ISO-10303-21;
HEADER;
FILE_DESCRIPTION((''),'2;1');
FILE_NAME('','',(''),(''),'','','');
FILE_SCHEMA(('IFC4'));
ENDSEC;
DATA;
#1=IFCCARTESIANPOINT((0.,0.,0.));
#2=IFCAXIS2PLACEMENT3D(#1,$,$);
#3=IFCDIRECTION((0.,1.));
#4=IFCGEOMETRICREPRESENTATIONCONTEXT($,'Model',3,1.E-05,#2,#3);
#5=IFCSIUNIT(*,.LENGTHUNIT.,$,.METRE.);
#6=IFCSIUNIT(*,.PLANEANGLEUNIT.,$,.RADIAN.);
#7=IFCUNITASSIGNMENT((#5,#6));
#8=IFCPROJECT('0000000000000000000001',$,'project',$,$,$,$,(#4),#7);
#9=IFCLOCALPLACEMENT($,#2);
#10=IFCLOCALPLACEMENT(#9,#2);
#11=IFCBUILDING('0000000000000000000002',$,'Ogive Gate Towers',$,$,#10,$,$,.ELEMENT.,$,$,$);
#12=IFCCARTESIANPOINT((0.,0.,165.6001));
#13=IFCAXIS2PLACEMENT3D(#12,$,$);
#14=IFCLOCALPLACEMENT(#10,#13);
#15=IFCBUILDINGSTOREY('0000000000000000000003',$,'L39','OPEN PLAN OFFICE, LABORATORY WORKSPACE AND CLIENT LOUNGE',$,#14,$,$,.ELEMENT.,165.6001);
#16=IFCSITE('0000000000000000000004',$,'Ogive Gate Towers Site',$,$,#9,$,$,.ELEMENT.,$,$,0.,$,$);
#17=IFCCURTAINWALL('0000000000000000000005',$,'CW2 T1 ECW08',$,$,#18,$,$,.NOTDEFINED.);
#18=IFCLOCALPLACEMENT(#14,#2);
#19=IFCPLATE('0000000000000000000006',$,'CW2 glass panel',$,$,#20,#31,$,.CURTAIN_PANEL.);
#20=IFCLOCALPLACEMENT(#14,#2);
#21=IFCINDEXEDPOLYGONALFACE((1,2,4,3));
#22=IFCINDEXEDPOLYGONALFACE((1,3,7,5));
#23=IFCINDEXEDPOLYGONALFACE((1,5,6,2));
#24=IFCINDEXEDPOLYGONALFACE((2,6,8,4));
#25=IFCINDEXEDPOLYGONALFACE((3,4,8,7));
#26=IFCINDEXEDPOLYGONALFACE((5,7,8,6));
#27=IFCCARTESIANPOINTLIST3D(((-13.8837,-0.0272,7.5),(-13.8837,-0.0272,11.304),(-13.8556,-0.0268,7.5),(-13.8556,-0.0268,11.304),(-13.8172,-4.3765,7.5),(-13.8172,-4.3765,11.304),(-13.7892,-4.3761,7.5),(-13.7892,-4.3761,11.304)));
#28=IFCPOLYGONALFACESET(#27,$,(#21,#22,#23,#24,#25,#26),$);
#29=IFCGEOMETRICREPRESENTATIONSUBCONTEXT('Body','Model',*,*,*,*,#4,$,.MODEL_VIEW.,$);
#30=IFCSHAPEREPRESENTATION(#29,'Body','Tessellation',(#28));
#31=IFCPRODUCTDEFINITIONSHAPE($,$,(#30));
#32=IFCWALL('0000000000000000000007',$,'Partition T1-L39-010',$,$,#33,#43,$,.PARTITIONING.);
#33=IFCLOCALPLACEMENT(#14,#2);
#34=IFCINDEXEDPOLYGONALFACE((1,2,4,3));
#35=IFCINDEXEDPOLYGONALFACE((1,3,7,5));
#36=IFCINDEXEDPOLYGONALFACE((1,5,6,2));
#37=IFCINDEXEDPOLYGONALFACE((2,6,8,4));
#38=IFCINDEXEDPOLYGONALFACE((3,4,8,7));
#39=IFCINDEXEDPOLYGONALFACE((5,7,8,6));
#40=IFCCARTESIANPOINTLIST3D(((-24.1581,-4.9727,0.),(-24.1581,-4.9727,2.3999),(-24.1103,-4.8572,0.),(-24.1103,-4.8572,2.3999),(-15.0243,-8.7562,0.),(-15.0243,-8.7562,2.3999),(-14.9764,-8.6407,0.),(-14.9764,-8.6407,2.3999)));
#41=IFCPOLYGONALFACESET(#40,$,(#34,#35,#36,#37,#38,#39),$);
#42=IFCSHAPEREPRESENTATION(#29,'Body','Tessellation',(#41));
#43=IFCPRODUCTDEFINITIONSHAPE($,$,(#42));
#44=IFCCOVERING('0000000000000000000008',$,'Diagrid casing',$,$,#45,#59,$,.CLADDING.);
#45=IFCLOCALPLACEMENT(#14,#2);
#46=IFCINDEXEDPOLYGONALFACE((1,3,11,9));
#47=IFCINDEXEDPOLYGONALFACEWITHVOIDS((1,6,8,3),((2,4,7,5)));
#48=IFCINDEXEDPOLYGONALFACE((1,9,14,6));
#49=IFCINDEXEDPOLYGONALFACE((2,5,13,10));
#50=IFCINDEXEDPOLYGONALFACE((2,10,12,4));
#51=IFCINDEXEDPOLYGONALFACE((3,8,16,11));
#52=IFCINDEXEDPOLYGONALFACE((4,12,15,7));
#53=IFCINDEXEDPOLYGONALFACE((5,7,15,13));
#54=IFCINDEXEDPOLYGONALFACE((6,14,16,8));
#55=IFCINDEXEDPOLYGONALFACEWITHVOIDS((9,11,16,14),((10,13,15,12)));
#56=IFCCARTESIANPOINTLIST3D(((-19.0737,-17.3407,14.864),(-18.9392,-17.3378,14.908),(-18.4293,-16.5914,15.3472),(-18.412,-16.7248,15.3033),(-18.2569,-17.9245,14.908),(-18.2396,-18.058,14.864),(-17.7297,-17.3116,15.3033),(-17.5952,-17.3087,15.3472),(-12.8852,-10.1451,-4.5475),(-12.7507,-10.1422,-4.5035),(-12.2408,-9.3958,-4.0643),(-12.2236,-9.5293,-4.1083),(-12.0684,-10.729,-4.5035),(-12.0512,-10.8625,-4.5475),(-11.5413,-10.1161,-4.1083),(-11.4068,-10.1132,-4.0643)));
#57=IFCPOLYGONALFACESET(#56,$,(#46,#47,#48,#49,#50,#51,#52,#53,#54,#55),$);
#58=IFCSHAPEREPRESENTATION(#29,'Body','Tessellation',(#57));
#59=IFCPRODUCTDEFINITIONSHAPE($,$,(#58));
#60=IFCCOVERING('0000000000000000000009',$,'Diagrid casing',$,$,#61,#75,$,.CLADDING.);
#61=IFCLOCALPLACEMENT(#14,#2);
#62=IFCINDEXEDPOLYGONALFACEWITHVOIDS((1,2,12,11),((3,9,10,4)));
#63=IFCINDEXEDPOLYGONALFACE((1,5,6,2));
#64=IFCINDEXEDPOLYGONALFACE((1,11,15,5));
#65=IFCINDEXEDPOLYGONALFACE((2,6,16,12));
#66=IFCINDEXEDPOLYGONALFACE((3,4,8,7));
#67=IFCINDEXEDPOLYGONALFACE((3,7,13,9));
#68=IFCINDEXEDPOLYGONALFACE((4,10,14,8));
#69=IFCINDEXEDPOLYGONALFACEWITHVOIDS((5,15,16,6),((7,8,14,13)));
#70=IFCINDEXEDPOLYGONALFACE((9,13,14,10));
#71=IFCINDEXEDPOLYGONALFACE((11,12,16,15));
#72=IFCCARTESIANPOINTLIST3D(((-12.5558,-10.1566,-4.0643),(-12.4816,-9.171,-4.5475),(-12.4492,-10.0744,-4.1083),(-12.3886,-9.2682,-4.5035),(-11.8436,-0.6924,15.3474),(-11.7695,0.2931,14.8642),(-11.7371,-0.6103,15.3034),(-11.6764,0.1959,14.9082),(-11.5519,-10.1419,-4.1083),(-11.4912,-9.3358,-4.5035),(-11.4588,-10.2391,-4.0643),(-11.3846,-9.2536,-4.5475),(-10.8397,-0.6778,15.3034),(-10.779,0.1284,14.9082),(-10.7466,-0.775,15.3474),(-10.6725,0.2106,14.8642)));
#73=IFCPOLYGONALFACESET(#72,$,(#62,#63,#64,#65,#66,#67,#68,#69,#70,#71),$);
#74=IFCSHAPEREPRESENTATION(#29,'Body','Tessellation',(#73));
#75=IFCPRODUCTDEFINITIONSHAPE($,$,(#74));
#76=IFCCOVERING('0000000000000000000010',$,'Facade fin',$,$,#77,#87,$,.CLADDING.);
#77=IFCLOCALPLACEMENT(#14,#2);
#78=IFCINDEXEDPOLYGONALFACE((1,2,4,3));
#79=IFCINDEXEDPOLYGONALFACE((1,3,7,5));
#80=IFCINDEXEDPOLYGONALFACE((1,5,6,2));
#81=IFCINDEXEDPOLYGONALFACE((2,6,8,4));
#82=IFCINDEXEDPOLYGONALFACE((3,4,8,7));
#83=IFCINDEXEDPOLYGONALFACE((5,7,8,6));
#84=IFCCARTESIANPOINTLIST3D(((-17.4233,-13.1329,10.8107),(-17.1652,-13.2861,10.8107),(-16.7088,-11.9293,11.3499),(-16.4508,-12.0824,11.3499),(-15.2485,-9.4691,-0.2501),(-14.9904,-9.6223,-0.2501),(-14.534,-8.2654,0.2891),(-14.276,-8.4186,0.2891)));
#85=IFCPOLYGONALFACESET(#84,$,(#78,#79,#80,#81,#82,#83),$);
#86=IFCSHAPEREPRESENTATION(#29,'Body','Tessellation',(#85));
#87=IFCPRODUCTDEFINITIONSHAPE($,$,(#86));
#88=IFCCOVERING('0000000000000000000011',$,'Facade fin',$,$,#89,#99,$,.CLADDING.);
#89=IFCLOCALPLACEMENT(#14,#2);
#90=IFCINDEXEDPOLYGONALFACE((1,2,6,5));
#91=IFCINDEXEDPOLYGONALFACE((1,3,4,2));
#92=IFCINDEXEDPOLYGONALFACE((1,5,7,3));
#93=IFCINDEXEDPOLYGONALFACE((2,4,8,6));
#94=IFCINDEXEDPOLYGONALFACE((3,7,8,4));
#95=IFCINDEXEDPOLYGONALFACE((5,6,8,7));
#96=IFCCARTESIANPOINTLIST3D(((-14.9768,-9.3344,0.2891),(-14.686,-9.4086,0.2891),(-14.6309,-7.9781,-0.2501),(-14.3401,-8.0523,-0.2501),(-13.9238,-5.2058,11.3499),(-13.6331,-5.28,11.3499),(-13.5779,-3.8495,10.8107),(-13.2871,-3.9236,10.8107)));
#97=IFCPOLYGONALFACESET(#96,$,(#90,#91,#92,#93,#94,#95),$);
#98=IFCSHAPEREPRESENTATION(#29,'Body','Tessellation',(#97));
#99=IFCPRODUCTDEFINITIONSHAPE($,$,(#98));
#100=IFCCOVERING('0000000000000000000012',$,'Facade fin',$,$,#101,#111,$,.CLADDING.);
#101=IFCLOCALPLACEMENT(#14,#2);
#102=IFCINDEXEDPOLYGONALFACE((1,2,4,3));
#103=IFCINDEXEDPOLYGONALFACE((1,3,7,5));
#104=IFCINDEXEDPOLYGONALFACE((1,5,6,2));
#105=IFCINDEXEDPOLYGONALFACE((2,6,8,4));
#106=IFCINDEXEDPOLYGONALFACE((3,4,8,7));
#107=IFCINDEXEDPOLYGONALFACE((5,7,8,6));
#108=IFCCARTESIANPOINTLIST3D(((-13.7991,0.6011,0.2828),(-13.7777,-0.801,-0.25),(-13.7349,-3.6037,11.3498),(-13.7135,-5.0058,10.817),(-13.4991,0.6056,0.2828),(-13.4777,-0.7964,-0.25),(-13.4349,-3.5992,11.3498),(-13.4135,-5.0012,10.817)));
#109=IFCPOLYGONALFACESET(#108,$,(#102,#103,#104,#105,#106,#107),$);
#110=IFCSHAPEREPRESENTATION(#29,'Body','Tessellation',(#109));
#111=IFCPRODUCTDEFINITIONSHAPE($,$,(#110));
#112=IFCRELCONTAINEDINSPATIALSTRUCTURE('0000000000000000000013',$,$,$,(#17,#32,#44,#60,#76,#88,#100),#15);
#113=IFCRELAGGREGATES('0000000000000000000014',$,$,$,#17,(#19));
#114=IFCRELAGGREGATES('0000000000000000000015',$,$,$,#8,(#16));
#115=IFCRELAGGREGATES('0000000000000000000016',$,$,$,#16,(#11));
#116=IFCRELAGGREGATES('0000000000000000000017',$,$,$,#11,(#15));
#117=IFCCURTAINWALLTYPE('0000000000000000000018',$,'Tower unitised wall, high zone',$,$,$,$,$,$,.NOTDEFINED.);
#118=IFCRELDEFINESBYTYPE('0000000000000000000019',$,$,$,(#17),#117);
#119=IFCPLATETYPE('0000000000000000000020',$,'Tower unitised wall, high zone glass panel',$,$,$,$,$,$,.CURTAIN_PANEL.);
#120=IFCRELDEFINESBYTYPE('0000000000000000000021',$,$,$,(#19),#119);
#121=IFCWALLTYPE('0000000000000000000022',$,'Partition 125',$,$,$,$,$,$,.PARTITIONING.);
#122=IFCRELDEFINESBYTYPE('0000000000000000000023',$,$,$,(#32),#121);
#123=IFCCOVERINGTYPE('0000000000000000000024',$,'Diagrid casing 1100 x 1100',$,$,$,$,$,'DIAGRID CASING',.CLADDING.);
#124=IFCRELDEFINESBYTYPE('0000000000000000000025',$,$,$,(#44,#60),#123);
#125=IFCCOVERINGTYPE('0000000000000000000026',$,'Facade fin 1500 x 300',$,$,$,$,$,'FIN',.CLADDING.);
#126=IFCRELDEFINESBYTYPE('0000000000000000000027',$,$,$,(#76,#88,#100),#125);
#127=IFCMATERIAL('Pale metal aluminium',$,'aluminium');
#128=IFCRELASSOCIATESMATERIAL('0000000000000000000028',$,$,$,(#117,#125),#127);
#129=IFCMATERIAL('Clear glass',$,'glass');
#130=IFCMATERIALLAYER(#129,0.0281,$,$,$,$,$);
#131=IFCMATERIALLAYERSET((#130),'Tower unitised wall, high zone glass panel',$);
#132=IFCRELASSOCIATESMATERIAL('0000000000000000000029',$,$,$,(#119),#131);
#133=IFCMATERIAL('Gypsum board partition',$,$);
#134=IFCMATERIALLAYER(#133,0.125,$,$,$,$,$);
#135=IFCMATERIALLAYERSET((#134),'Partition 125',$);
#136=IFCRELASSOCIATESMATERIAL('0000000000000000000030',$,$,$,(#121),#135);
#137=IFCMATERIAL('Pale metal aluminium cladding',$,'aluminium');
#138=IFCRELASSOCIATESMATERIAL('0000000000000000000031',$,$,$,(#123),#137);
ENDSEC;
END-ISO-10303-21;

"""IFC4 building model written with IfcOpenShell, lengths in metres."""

from ifc_helpers import new_model, si_unit, direction, frame, frame_2d, origin, origin_2d, place, context, subcontext, project, spatial, rectangle, hollow_rectangle, extrude, material, layer, layer_set, material_profile, profile_set, type_object, element, aggregate, save


model = new_model("IFC4")

# Units and contexts
model_context = context("Model", 3, precision=1e-05, world=origin(), true_north=direction((0.0, 1.0)))
body_context = subcontext(model_context, "Body", "Model", "MODEL_VIEW")
ifc_project = project(units=[si_unit("LENGTHUNIT", "METRE"), si_unit("PLANEANGLEUNIT", "RADIAN")], contexts=[model_context])

# Site, building, storey
site_placement = place(None, origin())
site = spatial("IfcSite", under=ifc_project, at=site_placement, Name="Ogive Gate Towers Site", CompositionType="ELEMENT", RefElevation=0.0)
building_placement = place(site_placement, origin())
building = spatial("IfcBuilding", under=site, at=building_placement, Name="Ogive Gate Towers", CompositionType="ELEMENT")
storey_placement = place(building_placement, frame((0.0, 0.0, 165.6001)))
storey = spatial("IfcBuildingStorey", under=building, at=storey_placement, Name="L39", Description="OPEN PLAN OFFICE, LABORATORY WORKSPACE AND CLIENT LOUNGE", CompositionType="ELEMENT", Elevation=165.6001)

# Curtain wall, plate
ifc_material_1 = material(Name="Pale metal aluminium", Category="aluminium")
curtain_wall_type = type_object("IfcCurtainWallType", Name="Tower unitised wall, high zone", PredefinedType="NOTDEFINED", material=ifc_material_1)
curtain_wall_placement = place(storey_placement, origin())
curtain_wall = element("IfcCurtainWall", 1, at=curtain_wall_placement, inside=storey, type_object=curtain_wall_type, Name="CW2 T1 ECW08", PredefinedType="NOTDEFINED")
ifc_material_2 = material(Name="Clear glass", Category="glass")
ifc_layer_1 = layer(ifc_material_2, 0.0281)
ifc_layer_set_1 = layer_set([ifc_layer_1], Name="Tower unitised wall, high zone glass panel")
plate_type = type_object("IfcPlateType", Name="Tower unitised wall, high zone glass panel", PredefinedType="CURTAIN_PANEL", material=ifc_layer_set_1)
plate_1_placement = place(storey_placement, frame((-13.8364, -2.2017, 7.5), z_axis=(0.0, 0.0, 1.0), x_axis=(-0.015271, 0.999883, 0.0)))
plate_1 = element("IfcPlate", 2, at=plate_1_placement, type_object=plate_type, Name="CW2 glass panel", PredefinedType="CURTAIN_PANEL", context=body_context, shape_type="SweptSolid", body=[
    extrude(rectangle(XDim=4.3499, YDim=0.0281, at=origin_2d()), origin(), (0.0, 0.0, 1.0), 3.804),
])
aggregate(curtain_wall, [plate_1])

# Wall
ifc_material_3 = material(Name="Gypsum board partition")
ifc_layer_2 = layer(ifc_material_3, 0.125)
ifc_layer_set_2 = layer_set([ifc_layer_2], Name="Partition 125")
wall_type = type_object("IfcWallType", Name="Partition 125", PredefinedType="PARTITIONING", material=ifc_layer_set_2)
wall_placement = place(storey_placement, frame((-15.0002, -8.6985, 0.0), z_axis=(0.0, 0.0, 1.0), x_axis=(-0.923876, 0.382693, 0.0)))
element("IfcWall", 3, at=wall_placement, inside=storey, type_object=wall_type, Name="Partition T1-L39-010", PredefinedType="PARTITIONING", context=body_context, shape_type="SweptSolid", body=[
    extrude(rectangle(XDim=9.8865, YDim=0.125, at=frame_2d((4.9434, 0.0))), origin(), (0.0, 0.0, 1.0), 2.3999),
])

# Coverings
ifc_material_4 = material(Name="Pale metal aluminium cladding", Category="aluminium")
ifc_material_profile_1 = material_profile(ifc_material_4, hollow_rectangle(XDim=1.1001, YDim=1.1001, WallThickness=0.1001, at=origin_2d()), Name="1100 x 1100 pale metal casing")
ifc_profile_set_1 = profile_set([ifc_material_profile_1], Name="Pale metal aluminium cladding")
covering_type_1 = type_object("IfcCoveringType", Name="Diagrid casing 1100 x 1100", ElementType="DIAGRID CASING", PredefinedType="CLADDING", material=ifc_profile_set_1)
covering_1_placement = place(storey_placement, frame((-12.146, -10.1292, -4.3059), z_axis=(-0.286404, -0.333012, 0.898374), x_axis=(0.75817, -0.652057, 0.0)))
element("IfcCovering", 4, at=covering_1_placement, inside=storey, type_object=covering_type_1, Name="Diagrid casing", PredefinedType="CLADDING", context=body_context, shape_type="SweptSolid", body=[
    extrude(hollow_rectangle(XDim=1.1001, YDim=1.1001, WallThickness=0.1001, at=origin_2d()), origin(), (0.0, 0.0, 1.0), 21.6074),
])
covering_2_placement = place(storey_placement, frame((-11.9702, -9.7051, -4.3059), z_axis=(0.032959, 0.438, 0.898371), x_axis=(-0.997181, 0.075036, 0.0)))
element("IfcCovering", 5, at=covering_2_placement, inside=storey, type_object=covering_type_1, Name="Diagrid casing", PredefinedType="CLADDING", context=body_context, shape_type="SweptSolid", body=[
    extrude(hollow_rectangle(XDim=1.1001, YDim=1.1001, WallThickness=0.1001, at=origin_2d()), origin(), (0.0, 0.0, 1.0), 21.6077),
])
ifc_material_profile_2 = material_profile(ifc_material_1, rectangle(XDim=0.3, YDim=1.5, at=origin_2d()), Name="1500 x 300 pale metal aluminium")
ifc_profile_set_2 = profile_set([ifc_material_profile_2], Name="Pale metal aluminium")
covering_type_2 = type_object("IfcCoveringType", Name="Facade fin 1500 x 300", ElementType="FIN", PredefinedType="CLADDING", material=ifc_profile_set_2)
for number, where, z_axis, x_axis, name in (
    (6, (-14.7622, -8.9438, 0.0195), (-0.183481, -0.309104, 0.933161), (0.859915, -0.510437, 0.0), "Facade fin"),
    (7, (-14.6584, -8.6934, 0.0195), (0.088836, 0.34832, 0.933157), (-0.968982, 0.24713, 0.0), "Facade fin"),
):
    element("IfcCovering", number, at=place(storey_placement, frame(where, z_axis=z_axis, x_axis=x_axis)), inside=storey, type_object=covering_type_2, Name=name, PredefinedType="CLADDING", context=body_context, shape_type="SweptSolid", body=[
        extrude(rectangle(XDim=0.3, YDim=1.5, at=origin_2d()), origin(), (0.0, 0.0, 1.0), 11.853),
    ])
covering_3_placement = place(storey_placement, frame((-13.6384, -0.0977, 0.0164), z_axis=(0.005423, -0.355162, 0.934789), x_axis=(0.999883, 0.015268, 0.0)))
element("IfcCovering", 8, at=covering_3_placement, inside=storey, type_object=covering_type_2, Name="Facade fin", PredefinedType="CLADDING", context=body_context, shape_type="SweptSolid", body=[
    extrude(rectangle(XDim=0.3, YDim=1.5, at=origin_2d()), origin(), (0.0, 0.0, 1.0), 11.8391),
])

save(model, "model.ifc")
